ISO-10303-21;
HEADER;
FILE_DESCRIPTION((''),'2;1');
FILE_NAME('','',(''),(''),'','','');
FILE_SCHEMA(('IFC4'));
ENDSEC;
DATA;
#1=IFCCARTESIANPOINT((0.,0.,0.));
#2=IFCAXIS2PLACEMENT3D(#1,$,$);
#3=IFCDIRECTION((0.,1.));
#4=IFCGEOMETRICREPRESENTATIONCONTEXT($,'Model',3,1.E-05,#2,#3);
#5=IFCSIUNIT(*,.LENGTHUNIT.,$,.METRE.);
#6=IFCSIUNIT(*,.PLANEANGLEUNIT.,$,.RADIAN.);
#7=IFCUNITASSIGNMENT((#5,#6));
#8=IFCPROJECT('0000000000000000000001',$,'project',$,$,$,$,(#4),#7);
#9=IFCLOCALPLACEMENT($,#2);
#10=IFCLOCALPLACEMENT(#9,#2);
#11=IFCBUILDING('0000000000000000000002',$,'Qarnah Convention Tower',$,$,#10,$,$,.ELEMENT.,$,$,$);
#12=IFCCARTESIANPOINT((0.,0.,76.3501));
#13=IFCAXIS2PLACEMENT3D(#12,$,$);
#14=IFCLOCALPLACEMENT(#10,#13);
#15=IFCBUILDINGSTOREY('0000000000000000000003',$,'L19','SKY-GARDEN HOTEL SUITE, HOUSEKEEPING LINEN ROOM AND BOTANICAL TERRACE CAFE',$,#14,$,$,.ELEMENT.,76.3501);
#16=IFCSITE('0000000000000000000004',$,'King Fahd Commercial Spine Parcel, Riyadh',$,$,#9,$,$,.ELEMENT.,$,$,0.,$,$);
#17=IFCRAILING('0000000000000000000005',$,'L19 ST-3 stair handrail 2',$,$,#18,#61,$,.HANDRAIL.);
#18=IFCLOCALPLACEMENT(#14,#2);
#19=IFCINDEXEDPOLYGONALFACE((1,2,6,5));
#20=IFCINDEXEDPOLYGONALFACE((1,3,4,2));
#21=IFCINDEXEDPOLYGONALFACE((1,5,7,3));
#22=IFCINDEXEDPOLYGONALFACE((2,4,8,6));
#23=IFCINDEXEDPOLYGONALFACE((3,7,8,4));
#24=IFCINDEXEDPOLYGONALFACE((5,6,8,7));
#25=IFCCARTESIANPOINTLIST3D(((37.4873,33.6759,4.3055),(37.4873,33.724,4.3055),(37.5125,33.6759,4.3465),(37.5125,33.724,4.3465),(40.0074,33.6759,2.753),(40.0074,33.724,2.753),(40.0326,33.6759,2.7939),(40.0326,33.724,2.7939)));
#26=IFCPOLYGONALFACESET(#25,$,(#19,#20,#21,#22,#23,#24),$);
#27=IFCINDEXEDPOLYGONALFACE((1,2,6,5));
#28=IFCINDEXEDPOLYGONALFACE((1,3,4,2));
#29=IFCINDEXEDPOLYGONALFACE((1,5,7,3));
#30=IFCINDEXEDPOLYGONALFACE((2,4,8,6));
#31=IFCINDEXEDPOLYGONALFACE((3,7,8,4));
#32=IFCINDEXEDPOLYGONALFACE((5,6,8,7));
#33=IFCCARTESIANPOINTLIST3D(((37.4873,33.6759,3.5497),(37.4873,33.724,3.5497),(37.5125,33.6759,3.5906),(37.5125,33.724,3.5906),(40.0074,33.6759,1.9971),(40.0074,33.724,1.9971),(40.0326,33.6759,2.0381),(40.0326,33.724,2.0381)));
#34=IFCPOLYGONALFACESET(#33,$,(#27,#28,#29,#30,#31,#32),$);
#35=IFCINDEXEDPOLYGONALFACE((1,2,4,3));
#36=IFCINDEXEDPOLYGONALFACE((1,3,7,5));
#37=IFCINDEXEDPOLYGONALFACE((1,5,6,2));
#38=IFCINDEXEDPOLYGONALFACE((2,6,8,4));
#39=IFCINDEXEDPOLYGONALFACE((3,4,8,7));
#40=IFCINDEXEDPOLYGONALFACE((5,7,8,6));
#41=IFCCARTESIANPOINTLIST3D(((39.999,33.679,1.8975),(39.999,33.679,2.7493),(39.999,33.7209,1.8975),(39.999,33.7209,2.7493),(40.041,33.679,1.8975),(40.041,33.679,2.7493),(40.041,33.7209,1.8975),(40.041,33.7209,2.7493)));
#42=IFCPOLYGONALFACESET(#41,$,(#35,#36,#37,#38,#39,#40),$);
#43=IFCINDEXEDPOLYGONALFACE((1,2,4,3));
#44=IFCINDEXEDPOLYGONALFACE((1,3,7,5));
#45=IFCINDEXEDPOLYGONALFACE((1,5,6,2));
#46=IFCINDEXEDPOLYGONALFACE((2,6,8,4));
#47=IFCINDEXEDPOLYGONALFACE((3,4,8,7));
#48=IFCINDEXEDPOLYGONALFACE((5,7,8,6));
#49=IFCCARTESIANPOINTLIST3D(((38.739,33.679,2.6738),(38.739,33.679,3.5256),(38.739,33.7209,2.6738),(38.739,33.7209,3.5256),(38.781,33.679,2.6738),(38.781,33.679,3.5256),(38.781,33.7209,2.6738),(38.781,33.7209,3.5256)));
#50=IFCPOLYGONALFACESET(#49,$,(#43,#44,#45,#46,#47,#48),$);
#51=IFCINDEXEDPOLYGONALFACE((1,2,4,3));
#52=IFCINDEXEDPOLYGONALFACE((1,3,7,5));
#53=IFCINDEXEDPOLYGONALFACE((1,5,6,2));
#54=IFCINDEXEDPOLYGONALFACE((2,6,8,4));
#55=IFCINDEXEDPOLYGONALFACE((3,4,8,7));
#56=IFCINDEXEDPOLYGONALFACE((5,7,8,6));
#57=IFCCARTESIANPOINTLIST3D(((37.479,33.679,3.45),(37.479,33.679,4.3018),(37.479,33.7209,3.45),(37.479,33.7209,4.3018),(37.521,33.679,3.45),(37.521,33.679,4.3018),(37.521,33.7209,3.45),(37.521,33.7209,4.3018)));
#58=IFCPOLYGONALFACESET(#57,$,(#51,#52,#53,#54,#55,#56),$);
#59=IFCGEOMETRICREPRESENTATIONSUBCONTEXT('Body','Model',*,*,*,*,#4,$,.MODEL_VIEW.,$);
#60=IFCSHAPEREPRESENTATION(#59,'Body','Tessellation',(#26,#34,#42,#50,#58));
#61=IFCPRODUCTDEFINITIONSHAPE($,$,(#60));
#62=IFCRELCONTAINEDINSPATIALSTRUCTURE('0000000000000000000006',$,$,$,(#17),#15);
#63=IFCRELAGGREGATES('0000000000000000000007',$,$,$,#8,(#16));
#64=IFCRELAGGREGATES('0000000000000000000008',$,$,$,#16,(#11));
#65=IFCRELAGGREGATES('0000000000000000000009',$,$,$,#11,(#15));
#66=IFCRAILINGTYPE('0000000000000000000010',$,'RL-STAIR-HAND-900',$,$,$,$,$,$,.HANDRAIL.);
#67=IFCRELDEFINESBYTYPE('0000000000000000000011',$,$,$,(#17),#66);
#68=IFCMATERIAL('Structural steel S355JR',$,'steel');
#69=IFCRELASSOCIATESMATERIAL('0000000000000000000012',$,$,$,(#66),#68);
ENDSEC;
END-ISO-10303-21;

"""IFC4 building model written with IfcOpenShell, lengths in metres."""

from ifc_helpers import new_model, si_unit, direction, frame, origin, origin_2d, place, context, subcontext, project, spatial, rectangle, extrude, material, type_object, element, save


model = new_model("IFC4")

# Units and contexts
model_context = context("Model", 3, precision=1e-05, world=origin(), true_north=direction((0.0, 1.0)))
body_context = subcontext(model_context, "Body", "Model", "MODEL_VIEW")
ifc_project = project(units=[si_unit("LENGTHUNIT", "METRE"), si_unit("PLANEANGLEUNIT", "RADIAN")], contexts=[model_context])

# Site, building, storey
site_placement = place(None, origin())
site = spatial("IfcSite", under=ifc_project, at=site_placement, Name="King Fahd Commercial Spine Parcel, Riyadh", CompositionType="ELEMENT", RefElevation=0.0)
building_placement = place(site_placement, origin())
building = spatial("IfcBuilding", under=site, at=building_placement, Name="Qarnah Convention Tower", CompositionType="ELEMENT")
storey_placement = place(building_placement, frame((0.0, 0.0, 76.3501)))
storey = spatial("IfcBuildingStorey", under=building, at=storey_placement, Name="L19", Description="SKY-GARDEN HOTEL SUITE, HOUSEKEEPING LINEN ROOM AND BOTANICAL TERRACE CAFE", CompositionType="ELEMENT", Elevation=76.3501)

# Shared definitions
ifc_material_1 = material(Name="Structural steel S355JR", Category="steel")

# Railing
railing_type_1 = type_object("IfcRailingType", Name="RL-STAIR-HAND-900", PredefinedType="HANDRAIL", material=ifc_material_1)
railing_1_placement = place(storey_placement, frame((40.02, 33.7, 1.8975)))
element("IfcRailing", 1, at=railing_1_placement, inside=storey, type_object=railing_type_1, Name="L19 ST-3 stair handrail 2", PredefinedType="HANDRAIL", context=body_context, shape_type="SweptSolid", body=[
    extrude(rectangle(XDim=0.0481, YDim=0.0481, at=origin_2d()), frame((0.0, 0.0, 0.876), z_axis=(-0.8514, 0.0, 0.524516), x_axis=(0.0, -1.0, 0.0)), (0.0, 0.0, 1.0), 2.96),
    extrude(rectangle(XDim=0.0481, YDim=0.0481, at=origin_2d()), frame((0.0, 0.0, 0.1201), z_axis=(-0.8514, 0.0, 0.524516), x_axis=(0.0, -1.0, 0.0)), (0.0, 0.0, 1.0), 2.96),
    extrude(rectangle(XDim=0.042, YDim=0.042, at=origin_2d()), origin(), (0.0, 0.0, 1.0), 0.8518),
    extrude(rectangle(XDim=0.042, YDim=0.042, at=origin_2d()), frame((-1.26, 0.0, 0.7764)), (0.0, 0.0, 1.0), 0.8518),
    extrude(rectangle(XDim=0.042, YDim=0.042, at=origin_2d()), frame((-2.52, 0.0, 1.5525)), (0.0, 0.0, 1.0), 0.8518),
])

save(model, "model.ifc")
